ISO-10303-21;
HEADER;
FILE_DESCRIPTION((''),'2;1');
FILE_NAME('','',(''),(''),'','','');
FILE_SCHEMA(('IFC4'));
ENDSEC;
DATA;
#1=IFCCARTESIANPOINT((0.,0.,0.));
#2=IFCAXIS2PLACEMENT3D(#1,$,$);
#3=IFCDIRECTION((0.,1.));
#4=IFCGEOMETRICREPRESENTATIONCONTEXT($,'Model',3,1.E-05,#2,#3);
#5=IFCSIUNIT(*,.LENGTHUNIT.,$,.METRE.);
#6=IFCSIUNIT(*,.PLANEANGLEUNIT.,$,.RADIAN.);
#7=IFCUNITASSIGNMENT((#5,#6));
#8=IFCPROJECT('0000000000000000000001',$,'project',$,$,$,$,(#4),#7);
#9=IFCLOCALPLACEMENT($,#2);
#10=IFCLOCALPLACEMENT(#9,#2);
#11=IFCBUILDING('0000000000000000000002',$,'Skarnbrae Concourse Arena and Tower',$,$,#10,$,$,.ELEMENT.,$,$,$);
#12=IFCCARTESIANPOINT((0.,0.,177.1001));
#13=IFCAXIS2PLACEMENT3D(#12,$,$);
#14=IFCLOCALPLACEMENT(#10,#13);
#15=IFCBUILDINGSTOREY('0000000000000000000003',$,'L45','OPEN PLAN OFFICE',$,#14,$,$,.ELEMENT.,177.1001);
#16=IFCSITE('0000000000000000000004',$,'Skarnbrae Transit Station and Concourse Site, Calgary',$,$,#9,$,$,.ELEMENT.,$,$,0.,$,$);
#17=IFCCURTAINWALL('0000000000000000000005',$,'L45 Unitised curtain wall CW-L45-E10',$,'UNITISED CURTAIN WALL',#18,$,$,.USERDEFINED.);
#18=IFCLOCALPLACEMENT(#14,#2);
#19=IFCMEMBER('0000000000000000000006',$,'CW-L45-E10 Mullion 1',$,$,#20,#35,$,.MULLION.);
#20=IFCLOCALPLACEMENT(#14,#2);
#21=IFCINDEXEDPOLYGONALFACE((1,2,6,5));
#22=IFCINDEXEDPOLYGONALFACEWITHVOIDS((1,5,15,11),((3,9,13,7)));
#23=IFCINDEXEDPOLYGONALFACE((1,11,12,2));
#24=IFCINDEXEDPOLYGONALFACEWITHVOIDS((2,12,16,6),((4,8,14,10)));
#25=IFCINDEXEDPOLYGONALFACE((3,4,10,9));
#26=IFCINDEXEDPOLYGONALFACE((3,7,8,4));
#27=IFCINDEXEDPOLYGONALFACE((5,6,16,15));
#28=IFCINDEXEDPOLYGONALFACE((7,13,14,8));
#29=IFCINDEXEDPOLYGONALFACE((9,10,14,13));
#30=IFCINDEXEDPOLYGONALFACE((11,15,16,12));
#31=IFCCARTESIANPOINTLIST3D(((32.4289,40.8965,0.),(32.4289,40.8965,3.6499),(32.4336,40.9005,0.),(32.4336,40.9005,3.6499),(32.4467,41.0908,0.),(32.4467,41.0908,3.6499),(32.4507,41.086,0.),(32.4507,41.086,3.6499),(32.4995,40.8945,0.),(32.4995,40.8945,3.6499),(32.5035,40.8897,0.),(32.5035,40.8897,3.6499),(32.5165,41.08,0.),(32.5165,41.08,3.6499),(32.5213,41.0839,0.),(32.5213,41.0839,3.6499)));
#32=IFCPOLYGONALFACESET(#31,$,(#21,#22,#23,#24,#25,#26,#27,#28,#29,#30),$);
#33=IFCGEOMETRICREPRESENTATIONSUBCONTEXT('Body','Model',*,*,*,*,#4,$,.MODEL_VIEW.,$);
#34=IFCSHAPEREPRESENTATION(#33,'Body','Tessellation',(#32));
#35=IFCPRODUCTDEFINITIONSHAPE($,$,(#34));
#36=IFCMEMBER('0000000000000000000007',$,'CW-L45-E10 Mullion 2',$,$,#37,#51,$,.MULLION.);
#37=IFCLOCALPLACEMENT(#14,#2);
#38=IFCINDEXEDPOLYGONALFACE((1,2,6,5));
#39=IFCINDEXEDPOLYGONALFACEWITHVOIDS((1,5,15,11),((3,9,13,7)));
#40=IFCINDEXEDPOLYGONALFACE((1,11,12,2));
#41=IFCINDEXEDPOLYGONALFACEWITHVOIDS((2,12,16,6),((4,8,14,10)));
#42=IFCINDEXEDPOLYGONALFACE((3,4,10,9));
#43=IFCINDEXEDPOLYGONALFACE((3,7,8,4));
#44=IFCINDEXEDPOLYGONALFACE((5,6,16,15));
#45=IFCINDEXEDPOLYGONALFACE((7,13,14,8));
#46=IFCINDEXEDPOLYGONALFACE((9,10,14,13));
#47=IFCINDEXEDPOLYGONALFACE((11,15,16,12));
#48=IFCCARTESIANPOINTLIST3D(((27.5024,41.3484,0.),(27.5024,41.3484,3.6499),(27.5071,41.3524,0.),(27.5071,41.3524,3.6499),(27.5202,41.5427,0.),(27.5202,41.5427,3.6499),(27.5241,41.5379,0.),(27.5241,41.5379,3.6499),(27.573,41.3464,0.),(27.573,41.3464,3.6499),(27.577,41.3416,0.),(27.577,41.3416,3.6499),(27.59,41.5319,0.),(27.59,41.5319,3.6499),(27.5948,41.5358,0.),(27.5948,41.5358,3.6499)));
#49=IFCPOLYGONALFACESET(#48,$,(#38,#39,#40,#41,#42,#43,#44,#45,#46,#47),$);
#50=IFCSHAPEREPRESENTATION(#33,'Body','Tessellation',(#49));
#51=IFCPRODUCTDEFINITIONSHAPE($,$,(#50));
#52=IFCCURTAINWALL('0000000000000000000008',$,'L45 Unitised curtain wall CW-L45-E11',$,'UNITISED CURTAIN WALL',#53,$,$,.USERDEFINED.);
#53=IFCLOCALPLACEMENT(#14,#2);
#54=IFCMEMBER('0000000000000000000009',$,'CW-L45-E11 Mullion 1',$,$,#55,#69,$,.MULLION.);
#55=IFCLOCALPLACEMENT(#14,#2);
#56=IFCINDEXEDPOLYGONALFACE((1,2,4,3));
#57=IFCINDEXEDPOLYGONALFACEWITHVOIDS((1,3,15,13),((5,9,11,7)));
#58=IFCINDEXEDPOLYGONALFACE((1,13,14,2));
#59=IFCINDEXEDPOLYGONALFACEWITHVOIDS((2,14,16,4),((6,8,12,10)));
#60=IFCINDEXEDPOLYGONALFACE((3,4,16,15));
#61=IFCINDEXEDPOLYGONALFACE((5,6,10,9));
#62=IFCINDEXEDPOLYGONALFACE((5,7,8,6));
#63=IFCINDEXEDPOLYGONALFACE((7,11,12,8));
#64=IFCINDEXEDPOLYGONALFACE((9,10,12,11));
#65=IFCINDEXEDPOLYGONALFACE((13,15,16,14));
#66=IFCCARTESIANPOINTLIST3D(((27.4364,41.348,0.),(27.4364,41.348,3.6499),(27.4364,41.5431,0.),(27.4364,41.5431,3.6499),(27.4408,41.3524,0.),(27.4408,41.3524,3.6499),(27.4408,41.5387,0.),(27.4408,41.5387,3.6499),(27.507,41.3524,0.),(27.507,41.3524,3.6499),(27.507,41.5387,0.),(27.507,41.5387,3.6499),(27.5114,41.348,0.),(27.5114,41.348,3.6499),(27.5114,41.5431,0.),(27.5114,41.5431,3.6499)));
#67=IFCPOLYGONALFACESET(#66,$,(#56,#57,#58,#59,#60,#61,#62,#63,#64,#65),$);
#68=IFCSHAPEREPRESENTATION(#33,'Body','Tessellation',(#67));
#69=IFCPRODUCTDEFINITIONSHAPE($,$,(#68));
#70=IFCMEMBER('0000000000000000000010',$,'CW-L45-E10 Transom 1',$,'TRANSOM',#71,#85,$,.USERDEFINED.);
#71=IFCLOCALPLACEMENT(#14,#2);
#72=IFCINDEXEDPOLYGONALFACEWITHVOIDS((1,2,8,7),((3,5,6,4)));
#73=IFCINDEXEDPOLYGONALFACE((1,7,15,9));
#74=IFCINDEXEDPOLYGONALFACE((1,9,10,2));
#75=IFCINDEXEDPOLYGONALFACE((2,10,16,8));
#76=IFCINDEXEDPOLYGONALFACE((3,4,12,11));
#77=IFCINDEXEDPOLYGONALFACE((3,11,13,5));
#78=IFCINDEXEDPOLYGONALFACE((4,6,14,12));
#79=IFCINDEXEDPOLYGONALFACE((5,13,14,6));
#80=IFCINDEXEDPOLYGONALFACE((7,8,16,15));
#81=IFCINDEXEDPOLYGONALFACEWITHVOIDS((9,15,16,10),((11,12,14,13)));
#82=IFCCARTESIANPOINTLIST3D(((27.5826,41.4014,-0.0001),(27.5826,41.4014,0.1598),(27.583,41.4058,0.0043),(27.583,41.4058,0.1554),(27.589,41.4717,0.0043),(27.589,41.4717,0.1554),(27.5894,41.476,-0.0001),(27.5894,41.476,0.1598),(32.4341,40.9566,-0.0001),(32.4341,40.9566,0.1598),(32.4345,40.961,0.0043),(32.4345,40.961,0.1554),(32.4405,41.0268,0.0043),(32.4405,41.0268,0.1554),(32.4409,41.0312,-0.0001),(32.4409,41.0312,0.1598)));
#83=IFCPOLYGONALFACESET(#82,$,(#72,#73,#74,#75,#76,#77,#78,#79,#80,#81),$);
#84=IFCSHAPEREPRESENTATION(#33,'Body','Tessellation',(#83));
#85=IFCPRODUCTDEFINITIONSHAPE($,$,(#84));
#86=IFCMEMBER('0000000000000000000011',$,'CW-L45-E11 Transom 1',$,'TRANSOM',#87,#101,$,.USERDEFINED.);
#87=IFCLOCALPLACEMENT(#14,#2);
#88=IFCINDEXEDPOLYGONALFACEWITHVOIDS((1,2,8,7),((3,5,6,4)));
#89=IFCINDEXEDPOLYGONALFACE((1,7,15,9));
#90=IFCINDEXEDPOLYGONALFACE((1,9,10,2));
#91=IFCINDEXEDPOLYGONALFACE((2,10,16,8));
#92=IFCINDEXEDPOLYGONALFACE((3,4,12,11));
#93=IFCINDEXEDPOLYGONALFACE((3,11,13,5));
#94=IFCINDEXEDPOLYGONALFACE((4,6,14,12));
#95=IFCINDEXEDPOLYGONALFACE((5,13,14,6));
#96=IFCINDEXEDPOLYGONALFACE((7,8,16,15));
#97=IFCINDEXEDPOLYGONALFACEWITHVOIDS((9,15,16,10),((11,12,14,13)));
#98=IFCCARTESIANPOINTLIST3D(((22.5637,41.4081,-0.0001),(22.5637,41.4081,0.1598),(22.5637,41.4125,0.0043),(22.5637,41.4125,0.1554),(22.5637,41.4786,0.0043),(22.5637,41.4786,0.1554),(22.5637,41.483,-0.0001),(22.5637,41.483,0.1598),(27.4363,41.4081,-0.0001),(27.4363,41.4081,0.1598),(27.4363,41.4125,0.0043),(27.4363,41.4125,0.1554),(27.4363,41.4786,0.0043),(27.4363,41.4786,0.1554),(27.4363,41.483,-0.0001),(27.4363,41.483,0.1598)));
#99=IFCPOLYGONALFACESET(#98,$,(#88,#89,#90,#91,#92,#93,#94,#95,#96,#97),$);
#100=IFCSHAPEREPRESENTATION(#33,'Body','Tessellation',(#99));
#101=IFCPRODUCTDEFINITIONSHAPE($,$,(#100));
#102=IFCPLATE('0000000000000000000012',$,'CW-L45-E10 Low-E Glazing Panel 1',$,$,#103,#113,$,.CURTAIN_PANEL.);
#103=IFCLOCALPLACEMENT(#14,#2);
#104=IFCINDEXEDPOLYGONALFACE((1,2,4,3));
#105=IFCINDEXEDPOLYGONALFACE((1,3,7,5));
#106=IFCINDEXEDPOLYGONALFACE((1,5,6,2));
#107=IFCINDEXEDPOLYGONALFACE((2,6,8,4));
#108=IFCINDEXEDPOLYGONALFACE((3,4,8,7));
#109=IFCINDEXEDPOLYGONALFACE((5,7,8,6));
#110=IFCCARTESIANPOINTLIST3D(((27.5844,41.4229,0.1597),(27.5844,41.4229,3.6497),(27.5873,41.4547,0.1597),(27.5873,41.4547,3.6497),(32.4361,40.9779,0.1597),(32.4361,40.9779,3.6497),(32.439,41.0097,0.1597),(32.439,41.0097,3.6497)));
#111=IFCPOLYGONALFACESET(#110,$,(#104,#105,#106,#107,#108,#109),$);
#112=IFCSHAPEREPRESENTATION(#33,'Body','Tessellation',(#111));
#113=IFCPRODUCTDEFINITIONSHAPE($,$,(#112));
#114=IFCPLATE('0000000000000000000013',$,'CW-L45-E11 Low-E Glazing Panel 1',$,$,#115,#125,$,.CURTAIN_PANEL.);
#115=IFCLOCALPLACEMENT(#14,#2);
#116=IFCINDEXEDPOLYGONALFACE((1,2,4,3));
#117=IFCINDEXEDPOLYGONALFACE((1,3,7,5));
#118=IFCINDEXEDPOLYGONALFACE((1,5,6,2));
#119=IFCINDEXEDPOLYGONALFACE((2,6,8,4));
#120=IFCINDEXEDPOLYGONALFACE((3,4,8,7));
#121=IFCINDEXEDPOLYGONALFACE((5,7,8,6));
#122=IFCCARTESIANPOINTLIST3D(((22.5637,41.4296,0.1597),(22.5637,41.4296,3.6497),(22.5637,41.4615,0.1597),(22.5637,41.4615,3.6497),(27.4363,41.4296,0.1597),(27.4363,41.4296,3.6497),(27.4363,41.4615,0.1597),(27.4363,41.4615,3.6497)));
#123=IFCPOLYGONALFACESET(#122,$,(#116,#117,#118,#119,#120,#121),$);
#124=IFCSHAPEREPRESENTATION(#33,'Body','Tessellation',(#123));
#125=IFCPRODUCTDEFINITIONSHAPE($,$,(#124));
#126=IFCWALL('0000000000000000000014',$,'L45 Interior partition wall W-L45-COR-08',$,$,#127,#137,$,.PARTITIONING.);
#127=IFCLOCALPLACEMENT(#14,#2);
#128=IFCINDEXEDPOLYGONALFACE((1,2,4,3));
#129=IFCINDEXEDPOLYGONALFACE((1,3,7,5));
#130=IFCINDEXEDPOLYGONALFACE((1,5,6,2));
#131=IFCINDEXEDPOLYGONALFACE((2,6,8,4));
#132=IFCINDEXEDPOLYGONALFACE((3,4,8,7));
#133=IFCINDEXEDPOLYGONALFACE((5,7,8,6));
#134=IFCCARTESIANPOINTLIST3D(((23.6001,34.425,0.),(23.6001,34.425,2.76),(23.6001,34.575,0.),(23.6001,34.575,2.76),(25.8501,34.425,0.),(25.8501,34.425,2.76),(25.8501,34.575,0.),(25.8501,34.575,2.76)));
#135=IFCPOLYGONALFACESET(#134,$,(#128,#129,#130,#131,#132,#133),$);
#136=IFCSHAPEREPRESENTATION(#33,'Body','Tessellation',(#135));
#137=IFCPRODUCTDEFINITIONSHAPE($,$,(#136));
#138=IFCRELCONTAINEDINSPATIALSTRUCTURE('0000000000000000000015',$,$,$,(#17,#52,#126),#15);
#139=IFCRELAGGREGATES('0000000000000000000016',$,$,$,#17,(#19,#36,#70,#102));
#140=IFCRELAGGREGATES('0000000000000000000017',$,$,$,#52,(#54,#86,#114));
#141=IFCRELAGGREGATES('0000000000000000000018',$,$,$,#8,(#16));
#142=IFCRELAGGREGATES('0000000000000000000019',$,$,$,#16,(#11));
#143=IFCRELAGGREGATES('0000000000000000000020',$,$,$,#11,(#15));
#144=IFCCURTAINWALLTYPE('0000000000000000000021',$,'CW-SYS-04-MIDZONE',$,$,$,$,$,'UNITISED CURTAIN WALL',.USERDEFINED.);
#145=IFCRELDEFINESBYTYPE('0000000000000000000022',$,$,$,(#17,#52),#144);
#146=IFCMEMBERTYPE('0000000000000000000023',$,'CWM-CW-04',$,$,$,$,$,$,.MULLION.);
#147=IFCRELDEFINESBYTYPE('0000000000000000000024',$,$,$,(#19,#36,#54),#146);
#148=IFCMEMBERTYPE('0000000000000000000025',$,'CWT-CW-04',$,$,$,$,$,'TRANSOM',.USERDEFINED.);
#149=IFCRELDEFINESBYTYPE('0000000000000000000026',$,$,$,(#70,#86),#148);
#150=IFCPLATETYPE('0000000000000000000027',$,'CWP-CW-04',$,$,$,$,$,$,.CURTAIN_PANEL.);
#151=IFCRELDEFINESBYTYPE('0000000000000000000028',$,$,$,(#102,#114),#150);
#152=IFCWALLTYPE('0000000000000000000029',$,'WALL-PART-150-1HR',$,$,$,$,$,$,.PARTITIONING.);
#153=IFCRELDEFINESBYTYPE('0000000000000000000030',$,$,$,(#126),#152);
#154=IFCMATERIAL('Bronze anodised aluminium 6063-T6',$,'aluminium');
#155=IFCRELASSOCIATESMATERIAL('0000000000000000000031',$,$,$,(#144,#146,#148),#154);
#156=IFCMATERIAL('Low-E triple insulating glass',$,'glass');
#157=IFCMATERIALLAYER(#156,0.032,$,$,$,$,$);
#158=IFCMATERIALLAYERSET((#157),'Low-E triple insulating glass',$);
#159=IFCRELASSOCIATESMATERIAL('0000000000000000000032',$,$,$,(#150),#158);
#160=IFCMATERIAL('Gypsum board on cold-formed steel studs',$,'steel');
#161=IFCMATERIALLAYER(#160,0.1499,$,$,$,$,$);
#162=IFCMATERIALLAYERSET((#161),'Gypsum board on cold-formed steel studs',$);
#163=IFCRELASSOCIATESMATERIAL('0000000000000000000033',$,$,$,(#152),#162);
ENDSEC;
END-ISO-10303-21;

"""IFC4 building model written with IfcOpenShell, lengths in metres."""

from ifc_helpers import new_model, si_unit, direction, frame, frame_2d, origin, origin_2d, place, context, subcontext, project, spatial, rectangle, hollow_rectangle, extrude, source, transform, mapped, material, layer, layer_set, material_profile, profile_set, type_object, element, aggregate, save


model = new_model("IFC4")

# Units and contexts
model_context = context("Model", 3, precision=1e-05, world=origin(), true_north=direction((0.0, 1.0)))
body_context = subcontext(model_context, "Body", "Model", "MODEL_VIEW")
ifc_project = project(units=[si_unit("LENGTHUNIT", "METRE"), si_unit("PLANEANGLEUNIT", "RADIAN")], contexts=[model_context])

# Site, building, storey
site_placement = place(None, origin())
site = spatial("IfcSite", under=ifc_project, at=site_placement, Name="Skarnbrae Transit Station and Concourse Site, Calgary", CompositionType="ELEMENT", RefElevation=0.0)
building_placement = place(site_placement, origin())
building = spatial("IfcBuilding", under=site, at=building_placement, Name="Skarnbrae Concourse Arena and Tower", CompositionType="ELEMENT")
storey_placement = place(building_placement, frame((0.0, 0.0, 177.1001)))
storey = spatial("IfcBuildingStorey", under=building, at=storey_placement, Name="L45", Description="OPEN PLAN OFFICE", CompositionType="ELEMENT", Elevation=177.1001)

# Shared definitions
ifc_material_1 = material(Name="Bronze anodised aluminium 6063-T6", Category="aluminium")
curtain_wall_type = type_object("IfcCurtainWallType", Name="CW-SYS-04-MIDZONE", ElementType="UNITISED CURTAIN WALL", PredefinedType="USERDEFINED", material=ifc_material_1)
ifc_material_profile_1 = material_profile(ifc_material_1, hollow_rectangle(XDim=0.075, YDim=0.1951, WallThickness=0.0044, at=origin_2d()), Name="ALU-MULL-75X195")
ifc_profile_set_1 = profile_set([ifc_material_profile_1], Name="Bronze anodised aluminium 6063-T6")
member_type_1 = type_object("IfcMemberType", Name="CWM-CW-04", PredefinedType="MULLION", material=ifc_profile_set_1)
shared_shape_1 = source(origin(), body_context, "Body", "SweptSolid", [
    extrude(hollow_rectangle(XDim=0.075, YDim=0.1951, WallThickness=0.0044, at=origin_2d()), origin(), (0.0, 0.0, 1.0), 3.6499),
])

# Curtain wall, members
curtain_wall_1_placement = place(storey_placement, origin())
curtain_wall_1 = element("IfcCurtainWall", 1, at=curtain_wall_1_placement, inside=storey, type_object=curtain_wall_type, Name="L45 Unitised curtain wall CW-L45-E10", ObjectType="UNITISED CURTAIN WALL", PredefinedType="USERDEFINED")
member_1_placement = place(storey_placement, frame((32.4751, 40.9902, 0.0), z_axis=(0.0, 0.0, 1.0), x_axis=(-0.99582, 0.091338, 0.0)))
member_1 = element("IfcMember", 2, at=member_1_placement, type_object=member_type_1, Name="CW-L45-E10 Mullion 1", PredefinedType="MULLION", context=body_context, shape_type="MappedRepresentation", body=[
    mapped(shared_shape_1, transform((0.0, 0.0, 0.0))),
])
member_2_placement = place(storey_placement, frame((27.5486, 41.4421, 0.0), z_axis=(0.0, 0.0, 1.0), x_axis=(-0.99582, 0.091338, 0.0)))
member_2 = element("IfcMember", 3, at=member_2_placement, type_object=member_type_1, Name="CW-L45-E10 Mullion 2", PredefinedType="MULLION", context=body_context, shape_type="MappedRepresentation", body=[
    mapped(shared_shape_1, transform((0.0, 0.0, 0.0))),
])

# Curtain wall, member
curtain_wall_2_placement = place(storey_placement, origin())
curtain_wall_2 = element("IfcCurtainWall", 4, at=curtain_wall_2_placement, inside=storey, type_object=curtain_wall_type, Name="L45 Unitised curtain wall CW-L45-E11", ObjectType="UNITISED CURTAIN WALL", PredefinedType="USERDEFINED")
member_3_placement = place(storey_placement, frame((27.4739, 41.4456, 0.0), z_axis=(0.0, 0.0, 1.0), x_axis=(-1.0, 0.0, 0.0)))
member_3 = element("IfcMember", 5, at=member_3_placement, type_object=member_type_1, Name="CW-L45-E11 Mullion 1", PredefinedType="MULLION", context=body_context, shape_type="MappedRepresentation", body=[
    mapped(shared_shape_1, transform((0.0, 0.0, 0.0))),
])

# Members
ifc_material_profile_2 = material_profile(ifc_material_1, hollow_rectangle(XDim=0.075, YDim=0.1599, WallThickness=0.0044, at=origin_2d()), Name="ALU-TRAN-75X160")
ifc_profile_set_2 = profile_set([ifc_material_profile_2], Name="Bronze anodised aluminium 6063-T6")
member_type_2 = type_object("IfcMemberType", Name="CWT-CW-04", ElementType="TRANSOM", PredefinedType="USERDEFINED", material=ifc_profile_set_2)
shared_shape_2 = source(origin(), body_context, "Body", "SweptSolid", [
    extrude(hollow_rectangle(XDim=0.075, YDim=0.1599, WallThickness=0.0044, at=origin_2d()), origin(), (0.0, 0.0, 1.0), 4.8718),
])
member_4_placement = place(storey_placement, frame((32.4375, 40.9939, 0.0798), z_axis=(-0.995823, 0.091304, 0.0), x_axis=(-0.091304, -0.995823, 0.0)))
member_4 = element("IfcMember", 6, at=member_4_placement, type_object=member_type_2, Name="CW-L45-E10 Transom 1", ObjectType="TRANSOM", PredefinedType="USERDEFINED", context=body_context, shape_type="MappedRepresentation", body=[
    mapped(shared_shape_2, transform((0.0, 0.0, 0.0))),
])
shared_shape_3 = source(origin(), body_context, "Body", "SweptSolid", [
    extrude(hollow_rectangle(XDim=0.075, YDim=0.1599, WallThickness=0.0044, at=origin_2d()), origin(), (0.0, 0.0, 1.0), 4.8726),
])
member_5_placement = place(storey_placement, frame((27.4363, 41.4456, 0.0798), z_axis=(-1.0, 0.0, 0.0), x_axis=(0.0, -1.0, 0.0)))
member_5 = element("IfcMember", 7, at=member_5_placement, type_object=member_type_2, Name="CW-L45-E11 Transom 1", ObjectType="TRANSOM", PredefinedType="USERDEFINED", context=body_context, shape_type="MappedRepresentation", body=[
    mapped(shared_shape_3, transform((0.0, 0.0, 0.0))),
])

# Plates
ifc_material_2 = material(Name="Low-E triple insulating glass", Category="glass")
ifc_layer_1 = layer(ifc_material_2, 0.032)
ifc_layer_set_1 = layer_set([ifc_layer_1], Name="Low-E triple insulating glass")
plate_type = type_object("IfcPlateType", Name="CWP-CW-04", PredefinedType="CURTAIN_PANEL", material=ifc_layer_set_1)
shared_shape_4 = source(origin(), body_context, "Body", "SweptSolid", [
    extrude(rectangle(XDim=4.8721, YDim=0.032, at=origin_2d()), origin(), (0.0, 0.0, 1.0), 3.49),
])
plate_1_placement = place(storey_placement, frame((30.0117, 41.2163, 0.1597), z_axis=(0.0, 0.0, 1.0), x_axis=(-0.99582, 0.091338, 0.0)))
plate_1 = element("IfcPlate", 8, at=plate_1_placement, type_object=plate_type, Name="CW-L45-E10 Low-E Glazing Panel 1", PredefinedType="CURTAIN_PANEL", context=body_context, shape_type="MappedRepresentation", body=[
    mapped(shared_shape_4, transform((0.0, 0.0, 0.0))),
])
aggregate(curtain_wall_1, [member_1, member_2, member_4, plate_1])
shared_shape_5 = source(origin(), body_context, "Body", "SweptSolid", [
    extrude(rectangle(XDim=4.8726, YDim=0.032, at=origin_2d()), origin(), (0.0, 0.0, 1.0), 3.49),
])
plate_2_placement = place(storey_placement, frame((25.0, 41.4456, 0.1597), z_axis=(0.0, 0.0, 1.0), x_axis=(-1.0, 0.0, 0.0)))
plate_2 = element("IfcPlate", 9, at=plate_2_placement, type_object=plate_type, Name="CW-L45-E11 Low-E Glazing Panel 1", PredefinedType="CURTAIN_PANEL", context=body_context, shape_type="MappedRepresentation", body=[
    mapped(shared_shape_5, transform((0.0, 0.0, 0.0))),
])
aggregate(curtain_wall_2, [member_3, member_5, plate_2])

# Wall
ifc_material_3 = material(Name="Gypsum board on cold-formed steel studs", Category="steel")
ifc_layer_2 = layer(ifc_material_3, 0.1499)
ifc_layer_set_2 = layer_set([ifc_layer_2], Name="Gypsum board on cold-formed steel studs")
wall_type = type_object("IfcWallType", Name="WALL-PART-150-1HR", PredefinedType="PARTITIONING", material=ifc_layer_set_2)
shared_shape_6 = source(origin(), body_context, "Body", "SweptSolid", [
    extrude(rectangle(XDim=2.25, YDim=0.1499, at=frame_2d((1.125, 0.0))), origin(), (0.0, 0.0, 1.0), 2.76),
])
wall_1_placement = place(storey_placement, frame((23.6001, 34.5, 0.0), z_axis=(0.0, 0.0, 1.0), x_axis=(1.0, 0.0, 0.0)))
element("IfcWall", 10, at=wall_1_placement, inside=storey, type_object=wall_type, Name="L45 Interior partition wall W-L45-COR-08", PredefinedType="PARTITIONING", context=body_context, shape_type="MappedRepresentation", body=[
    mapped(shared_shape_6, transform((0.0, 0.0, 0.0))),
])

save(model, "model.ifc")
